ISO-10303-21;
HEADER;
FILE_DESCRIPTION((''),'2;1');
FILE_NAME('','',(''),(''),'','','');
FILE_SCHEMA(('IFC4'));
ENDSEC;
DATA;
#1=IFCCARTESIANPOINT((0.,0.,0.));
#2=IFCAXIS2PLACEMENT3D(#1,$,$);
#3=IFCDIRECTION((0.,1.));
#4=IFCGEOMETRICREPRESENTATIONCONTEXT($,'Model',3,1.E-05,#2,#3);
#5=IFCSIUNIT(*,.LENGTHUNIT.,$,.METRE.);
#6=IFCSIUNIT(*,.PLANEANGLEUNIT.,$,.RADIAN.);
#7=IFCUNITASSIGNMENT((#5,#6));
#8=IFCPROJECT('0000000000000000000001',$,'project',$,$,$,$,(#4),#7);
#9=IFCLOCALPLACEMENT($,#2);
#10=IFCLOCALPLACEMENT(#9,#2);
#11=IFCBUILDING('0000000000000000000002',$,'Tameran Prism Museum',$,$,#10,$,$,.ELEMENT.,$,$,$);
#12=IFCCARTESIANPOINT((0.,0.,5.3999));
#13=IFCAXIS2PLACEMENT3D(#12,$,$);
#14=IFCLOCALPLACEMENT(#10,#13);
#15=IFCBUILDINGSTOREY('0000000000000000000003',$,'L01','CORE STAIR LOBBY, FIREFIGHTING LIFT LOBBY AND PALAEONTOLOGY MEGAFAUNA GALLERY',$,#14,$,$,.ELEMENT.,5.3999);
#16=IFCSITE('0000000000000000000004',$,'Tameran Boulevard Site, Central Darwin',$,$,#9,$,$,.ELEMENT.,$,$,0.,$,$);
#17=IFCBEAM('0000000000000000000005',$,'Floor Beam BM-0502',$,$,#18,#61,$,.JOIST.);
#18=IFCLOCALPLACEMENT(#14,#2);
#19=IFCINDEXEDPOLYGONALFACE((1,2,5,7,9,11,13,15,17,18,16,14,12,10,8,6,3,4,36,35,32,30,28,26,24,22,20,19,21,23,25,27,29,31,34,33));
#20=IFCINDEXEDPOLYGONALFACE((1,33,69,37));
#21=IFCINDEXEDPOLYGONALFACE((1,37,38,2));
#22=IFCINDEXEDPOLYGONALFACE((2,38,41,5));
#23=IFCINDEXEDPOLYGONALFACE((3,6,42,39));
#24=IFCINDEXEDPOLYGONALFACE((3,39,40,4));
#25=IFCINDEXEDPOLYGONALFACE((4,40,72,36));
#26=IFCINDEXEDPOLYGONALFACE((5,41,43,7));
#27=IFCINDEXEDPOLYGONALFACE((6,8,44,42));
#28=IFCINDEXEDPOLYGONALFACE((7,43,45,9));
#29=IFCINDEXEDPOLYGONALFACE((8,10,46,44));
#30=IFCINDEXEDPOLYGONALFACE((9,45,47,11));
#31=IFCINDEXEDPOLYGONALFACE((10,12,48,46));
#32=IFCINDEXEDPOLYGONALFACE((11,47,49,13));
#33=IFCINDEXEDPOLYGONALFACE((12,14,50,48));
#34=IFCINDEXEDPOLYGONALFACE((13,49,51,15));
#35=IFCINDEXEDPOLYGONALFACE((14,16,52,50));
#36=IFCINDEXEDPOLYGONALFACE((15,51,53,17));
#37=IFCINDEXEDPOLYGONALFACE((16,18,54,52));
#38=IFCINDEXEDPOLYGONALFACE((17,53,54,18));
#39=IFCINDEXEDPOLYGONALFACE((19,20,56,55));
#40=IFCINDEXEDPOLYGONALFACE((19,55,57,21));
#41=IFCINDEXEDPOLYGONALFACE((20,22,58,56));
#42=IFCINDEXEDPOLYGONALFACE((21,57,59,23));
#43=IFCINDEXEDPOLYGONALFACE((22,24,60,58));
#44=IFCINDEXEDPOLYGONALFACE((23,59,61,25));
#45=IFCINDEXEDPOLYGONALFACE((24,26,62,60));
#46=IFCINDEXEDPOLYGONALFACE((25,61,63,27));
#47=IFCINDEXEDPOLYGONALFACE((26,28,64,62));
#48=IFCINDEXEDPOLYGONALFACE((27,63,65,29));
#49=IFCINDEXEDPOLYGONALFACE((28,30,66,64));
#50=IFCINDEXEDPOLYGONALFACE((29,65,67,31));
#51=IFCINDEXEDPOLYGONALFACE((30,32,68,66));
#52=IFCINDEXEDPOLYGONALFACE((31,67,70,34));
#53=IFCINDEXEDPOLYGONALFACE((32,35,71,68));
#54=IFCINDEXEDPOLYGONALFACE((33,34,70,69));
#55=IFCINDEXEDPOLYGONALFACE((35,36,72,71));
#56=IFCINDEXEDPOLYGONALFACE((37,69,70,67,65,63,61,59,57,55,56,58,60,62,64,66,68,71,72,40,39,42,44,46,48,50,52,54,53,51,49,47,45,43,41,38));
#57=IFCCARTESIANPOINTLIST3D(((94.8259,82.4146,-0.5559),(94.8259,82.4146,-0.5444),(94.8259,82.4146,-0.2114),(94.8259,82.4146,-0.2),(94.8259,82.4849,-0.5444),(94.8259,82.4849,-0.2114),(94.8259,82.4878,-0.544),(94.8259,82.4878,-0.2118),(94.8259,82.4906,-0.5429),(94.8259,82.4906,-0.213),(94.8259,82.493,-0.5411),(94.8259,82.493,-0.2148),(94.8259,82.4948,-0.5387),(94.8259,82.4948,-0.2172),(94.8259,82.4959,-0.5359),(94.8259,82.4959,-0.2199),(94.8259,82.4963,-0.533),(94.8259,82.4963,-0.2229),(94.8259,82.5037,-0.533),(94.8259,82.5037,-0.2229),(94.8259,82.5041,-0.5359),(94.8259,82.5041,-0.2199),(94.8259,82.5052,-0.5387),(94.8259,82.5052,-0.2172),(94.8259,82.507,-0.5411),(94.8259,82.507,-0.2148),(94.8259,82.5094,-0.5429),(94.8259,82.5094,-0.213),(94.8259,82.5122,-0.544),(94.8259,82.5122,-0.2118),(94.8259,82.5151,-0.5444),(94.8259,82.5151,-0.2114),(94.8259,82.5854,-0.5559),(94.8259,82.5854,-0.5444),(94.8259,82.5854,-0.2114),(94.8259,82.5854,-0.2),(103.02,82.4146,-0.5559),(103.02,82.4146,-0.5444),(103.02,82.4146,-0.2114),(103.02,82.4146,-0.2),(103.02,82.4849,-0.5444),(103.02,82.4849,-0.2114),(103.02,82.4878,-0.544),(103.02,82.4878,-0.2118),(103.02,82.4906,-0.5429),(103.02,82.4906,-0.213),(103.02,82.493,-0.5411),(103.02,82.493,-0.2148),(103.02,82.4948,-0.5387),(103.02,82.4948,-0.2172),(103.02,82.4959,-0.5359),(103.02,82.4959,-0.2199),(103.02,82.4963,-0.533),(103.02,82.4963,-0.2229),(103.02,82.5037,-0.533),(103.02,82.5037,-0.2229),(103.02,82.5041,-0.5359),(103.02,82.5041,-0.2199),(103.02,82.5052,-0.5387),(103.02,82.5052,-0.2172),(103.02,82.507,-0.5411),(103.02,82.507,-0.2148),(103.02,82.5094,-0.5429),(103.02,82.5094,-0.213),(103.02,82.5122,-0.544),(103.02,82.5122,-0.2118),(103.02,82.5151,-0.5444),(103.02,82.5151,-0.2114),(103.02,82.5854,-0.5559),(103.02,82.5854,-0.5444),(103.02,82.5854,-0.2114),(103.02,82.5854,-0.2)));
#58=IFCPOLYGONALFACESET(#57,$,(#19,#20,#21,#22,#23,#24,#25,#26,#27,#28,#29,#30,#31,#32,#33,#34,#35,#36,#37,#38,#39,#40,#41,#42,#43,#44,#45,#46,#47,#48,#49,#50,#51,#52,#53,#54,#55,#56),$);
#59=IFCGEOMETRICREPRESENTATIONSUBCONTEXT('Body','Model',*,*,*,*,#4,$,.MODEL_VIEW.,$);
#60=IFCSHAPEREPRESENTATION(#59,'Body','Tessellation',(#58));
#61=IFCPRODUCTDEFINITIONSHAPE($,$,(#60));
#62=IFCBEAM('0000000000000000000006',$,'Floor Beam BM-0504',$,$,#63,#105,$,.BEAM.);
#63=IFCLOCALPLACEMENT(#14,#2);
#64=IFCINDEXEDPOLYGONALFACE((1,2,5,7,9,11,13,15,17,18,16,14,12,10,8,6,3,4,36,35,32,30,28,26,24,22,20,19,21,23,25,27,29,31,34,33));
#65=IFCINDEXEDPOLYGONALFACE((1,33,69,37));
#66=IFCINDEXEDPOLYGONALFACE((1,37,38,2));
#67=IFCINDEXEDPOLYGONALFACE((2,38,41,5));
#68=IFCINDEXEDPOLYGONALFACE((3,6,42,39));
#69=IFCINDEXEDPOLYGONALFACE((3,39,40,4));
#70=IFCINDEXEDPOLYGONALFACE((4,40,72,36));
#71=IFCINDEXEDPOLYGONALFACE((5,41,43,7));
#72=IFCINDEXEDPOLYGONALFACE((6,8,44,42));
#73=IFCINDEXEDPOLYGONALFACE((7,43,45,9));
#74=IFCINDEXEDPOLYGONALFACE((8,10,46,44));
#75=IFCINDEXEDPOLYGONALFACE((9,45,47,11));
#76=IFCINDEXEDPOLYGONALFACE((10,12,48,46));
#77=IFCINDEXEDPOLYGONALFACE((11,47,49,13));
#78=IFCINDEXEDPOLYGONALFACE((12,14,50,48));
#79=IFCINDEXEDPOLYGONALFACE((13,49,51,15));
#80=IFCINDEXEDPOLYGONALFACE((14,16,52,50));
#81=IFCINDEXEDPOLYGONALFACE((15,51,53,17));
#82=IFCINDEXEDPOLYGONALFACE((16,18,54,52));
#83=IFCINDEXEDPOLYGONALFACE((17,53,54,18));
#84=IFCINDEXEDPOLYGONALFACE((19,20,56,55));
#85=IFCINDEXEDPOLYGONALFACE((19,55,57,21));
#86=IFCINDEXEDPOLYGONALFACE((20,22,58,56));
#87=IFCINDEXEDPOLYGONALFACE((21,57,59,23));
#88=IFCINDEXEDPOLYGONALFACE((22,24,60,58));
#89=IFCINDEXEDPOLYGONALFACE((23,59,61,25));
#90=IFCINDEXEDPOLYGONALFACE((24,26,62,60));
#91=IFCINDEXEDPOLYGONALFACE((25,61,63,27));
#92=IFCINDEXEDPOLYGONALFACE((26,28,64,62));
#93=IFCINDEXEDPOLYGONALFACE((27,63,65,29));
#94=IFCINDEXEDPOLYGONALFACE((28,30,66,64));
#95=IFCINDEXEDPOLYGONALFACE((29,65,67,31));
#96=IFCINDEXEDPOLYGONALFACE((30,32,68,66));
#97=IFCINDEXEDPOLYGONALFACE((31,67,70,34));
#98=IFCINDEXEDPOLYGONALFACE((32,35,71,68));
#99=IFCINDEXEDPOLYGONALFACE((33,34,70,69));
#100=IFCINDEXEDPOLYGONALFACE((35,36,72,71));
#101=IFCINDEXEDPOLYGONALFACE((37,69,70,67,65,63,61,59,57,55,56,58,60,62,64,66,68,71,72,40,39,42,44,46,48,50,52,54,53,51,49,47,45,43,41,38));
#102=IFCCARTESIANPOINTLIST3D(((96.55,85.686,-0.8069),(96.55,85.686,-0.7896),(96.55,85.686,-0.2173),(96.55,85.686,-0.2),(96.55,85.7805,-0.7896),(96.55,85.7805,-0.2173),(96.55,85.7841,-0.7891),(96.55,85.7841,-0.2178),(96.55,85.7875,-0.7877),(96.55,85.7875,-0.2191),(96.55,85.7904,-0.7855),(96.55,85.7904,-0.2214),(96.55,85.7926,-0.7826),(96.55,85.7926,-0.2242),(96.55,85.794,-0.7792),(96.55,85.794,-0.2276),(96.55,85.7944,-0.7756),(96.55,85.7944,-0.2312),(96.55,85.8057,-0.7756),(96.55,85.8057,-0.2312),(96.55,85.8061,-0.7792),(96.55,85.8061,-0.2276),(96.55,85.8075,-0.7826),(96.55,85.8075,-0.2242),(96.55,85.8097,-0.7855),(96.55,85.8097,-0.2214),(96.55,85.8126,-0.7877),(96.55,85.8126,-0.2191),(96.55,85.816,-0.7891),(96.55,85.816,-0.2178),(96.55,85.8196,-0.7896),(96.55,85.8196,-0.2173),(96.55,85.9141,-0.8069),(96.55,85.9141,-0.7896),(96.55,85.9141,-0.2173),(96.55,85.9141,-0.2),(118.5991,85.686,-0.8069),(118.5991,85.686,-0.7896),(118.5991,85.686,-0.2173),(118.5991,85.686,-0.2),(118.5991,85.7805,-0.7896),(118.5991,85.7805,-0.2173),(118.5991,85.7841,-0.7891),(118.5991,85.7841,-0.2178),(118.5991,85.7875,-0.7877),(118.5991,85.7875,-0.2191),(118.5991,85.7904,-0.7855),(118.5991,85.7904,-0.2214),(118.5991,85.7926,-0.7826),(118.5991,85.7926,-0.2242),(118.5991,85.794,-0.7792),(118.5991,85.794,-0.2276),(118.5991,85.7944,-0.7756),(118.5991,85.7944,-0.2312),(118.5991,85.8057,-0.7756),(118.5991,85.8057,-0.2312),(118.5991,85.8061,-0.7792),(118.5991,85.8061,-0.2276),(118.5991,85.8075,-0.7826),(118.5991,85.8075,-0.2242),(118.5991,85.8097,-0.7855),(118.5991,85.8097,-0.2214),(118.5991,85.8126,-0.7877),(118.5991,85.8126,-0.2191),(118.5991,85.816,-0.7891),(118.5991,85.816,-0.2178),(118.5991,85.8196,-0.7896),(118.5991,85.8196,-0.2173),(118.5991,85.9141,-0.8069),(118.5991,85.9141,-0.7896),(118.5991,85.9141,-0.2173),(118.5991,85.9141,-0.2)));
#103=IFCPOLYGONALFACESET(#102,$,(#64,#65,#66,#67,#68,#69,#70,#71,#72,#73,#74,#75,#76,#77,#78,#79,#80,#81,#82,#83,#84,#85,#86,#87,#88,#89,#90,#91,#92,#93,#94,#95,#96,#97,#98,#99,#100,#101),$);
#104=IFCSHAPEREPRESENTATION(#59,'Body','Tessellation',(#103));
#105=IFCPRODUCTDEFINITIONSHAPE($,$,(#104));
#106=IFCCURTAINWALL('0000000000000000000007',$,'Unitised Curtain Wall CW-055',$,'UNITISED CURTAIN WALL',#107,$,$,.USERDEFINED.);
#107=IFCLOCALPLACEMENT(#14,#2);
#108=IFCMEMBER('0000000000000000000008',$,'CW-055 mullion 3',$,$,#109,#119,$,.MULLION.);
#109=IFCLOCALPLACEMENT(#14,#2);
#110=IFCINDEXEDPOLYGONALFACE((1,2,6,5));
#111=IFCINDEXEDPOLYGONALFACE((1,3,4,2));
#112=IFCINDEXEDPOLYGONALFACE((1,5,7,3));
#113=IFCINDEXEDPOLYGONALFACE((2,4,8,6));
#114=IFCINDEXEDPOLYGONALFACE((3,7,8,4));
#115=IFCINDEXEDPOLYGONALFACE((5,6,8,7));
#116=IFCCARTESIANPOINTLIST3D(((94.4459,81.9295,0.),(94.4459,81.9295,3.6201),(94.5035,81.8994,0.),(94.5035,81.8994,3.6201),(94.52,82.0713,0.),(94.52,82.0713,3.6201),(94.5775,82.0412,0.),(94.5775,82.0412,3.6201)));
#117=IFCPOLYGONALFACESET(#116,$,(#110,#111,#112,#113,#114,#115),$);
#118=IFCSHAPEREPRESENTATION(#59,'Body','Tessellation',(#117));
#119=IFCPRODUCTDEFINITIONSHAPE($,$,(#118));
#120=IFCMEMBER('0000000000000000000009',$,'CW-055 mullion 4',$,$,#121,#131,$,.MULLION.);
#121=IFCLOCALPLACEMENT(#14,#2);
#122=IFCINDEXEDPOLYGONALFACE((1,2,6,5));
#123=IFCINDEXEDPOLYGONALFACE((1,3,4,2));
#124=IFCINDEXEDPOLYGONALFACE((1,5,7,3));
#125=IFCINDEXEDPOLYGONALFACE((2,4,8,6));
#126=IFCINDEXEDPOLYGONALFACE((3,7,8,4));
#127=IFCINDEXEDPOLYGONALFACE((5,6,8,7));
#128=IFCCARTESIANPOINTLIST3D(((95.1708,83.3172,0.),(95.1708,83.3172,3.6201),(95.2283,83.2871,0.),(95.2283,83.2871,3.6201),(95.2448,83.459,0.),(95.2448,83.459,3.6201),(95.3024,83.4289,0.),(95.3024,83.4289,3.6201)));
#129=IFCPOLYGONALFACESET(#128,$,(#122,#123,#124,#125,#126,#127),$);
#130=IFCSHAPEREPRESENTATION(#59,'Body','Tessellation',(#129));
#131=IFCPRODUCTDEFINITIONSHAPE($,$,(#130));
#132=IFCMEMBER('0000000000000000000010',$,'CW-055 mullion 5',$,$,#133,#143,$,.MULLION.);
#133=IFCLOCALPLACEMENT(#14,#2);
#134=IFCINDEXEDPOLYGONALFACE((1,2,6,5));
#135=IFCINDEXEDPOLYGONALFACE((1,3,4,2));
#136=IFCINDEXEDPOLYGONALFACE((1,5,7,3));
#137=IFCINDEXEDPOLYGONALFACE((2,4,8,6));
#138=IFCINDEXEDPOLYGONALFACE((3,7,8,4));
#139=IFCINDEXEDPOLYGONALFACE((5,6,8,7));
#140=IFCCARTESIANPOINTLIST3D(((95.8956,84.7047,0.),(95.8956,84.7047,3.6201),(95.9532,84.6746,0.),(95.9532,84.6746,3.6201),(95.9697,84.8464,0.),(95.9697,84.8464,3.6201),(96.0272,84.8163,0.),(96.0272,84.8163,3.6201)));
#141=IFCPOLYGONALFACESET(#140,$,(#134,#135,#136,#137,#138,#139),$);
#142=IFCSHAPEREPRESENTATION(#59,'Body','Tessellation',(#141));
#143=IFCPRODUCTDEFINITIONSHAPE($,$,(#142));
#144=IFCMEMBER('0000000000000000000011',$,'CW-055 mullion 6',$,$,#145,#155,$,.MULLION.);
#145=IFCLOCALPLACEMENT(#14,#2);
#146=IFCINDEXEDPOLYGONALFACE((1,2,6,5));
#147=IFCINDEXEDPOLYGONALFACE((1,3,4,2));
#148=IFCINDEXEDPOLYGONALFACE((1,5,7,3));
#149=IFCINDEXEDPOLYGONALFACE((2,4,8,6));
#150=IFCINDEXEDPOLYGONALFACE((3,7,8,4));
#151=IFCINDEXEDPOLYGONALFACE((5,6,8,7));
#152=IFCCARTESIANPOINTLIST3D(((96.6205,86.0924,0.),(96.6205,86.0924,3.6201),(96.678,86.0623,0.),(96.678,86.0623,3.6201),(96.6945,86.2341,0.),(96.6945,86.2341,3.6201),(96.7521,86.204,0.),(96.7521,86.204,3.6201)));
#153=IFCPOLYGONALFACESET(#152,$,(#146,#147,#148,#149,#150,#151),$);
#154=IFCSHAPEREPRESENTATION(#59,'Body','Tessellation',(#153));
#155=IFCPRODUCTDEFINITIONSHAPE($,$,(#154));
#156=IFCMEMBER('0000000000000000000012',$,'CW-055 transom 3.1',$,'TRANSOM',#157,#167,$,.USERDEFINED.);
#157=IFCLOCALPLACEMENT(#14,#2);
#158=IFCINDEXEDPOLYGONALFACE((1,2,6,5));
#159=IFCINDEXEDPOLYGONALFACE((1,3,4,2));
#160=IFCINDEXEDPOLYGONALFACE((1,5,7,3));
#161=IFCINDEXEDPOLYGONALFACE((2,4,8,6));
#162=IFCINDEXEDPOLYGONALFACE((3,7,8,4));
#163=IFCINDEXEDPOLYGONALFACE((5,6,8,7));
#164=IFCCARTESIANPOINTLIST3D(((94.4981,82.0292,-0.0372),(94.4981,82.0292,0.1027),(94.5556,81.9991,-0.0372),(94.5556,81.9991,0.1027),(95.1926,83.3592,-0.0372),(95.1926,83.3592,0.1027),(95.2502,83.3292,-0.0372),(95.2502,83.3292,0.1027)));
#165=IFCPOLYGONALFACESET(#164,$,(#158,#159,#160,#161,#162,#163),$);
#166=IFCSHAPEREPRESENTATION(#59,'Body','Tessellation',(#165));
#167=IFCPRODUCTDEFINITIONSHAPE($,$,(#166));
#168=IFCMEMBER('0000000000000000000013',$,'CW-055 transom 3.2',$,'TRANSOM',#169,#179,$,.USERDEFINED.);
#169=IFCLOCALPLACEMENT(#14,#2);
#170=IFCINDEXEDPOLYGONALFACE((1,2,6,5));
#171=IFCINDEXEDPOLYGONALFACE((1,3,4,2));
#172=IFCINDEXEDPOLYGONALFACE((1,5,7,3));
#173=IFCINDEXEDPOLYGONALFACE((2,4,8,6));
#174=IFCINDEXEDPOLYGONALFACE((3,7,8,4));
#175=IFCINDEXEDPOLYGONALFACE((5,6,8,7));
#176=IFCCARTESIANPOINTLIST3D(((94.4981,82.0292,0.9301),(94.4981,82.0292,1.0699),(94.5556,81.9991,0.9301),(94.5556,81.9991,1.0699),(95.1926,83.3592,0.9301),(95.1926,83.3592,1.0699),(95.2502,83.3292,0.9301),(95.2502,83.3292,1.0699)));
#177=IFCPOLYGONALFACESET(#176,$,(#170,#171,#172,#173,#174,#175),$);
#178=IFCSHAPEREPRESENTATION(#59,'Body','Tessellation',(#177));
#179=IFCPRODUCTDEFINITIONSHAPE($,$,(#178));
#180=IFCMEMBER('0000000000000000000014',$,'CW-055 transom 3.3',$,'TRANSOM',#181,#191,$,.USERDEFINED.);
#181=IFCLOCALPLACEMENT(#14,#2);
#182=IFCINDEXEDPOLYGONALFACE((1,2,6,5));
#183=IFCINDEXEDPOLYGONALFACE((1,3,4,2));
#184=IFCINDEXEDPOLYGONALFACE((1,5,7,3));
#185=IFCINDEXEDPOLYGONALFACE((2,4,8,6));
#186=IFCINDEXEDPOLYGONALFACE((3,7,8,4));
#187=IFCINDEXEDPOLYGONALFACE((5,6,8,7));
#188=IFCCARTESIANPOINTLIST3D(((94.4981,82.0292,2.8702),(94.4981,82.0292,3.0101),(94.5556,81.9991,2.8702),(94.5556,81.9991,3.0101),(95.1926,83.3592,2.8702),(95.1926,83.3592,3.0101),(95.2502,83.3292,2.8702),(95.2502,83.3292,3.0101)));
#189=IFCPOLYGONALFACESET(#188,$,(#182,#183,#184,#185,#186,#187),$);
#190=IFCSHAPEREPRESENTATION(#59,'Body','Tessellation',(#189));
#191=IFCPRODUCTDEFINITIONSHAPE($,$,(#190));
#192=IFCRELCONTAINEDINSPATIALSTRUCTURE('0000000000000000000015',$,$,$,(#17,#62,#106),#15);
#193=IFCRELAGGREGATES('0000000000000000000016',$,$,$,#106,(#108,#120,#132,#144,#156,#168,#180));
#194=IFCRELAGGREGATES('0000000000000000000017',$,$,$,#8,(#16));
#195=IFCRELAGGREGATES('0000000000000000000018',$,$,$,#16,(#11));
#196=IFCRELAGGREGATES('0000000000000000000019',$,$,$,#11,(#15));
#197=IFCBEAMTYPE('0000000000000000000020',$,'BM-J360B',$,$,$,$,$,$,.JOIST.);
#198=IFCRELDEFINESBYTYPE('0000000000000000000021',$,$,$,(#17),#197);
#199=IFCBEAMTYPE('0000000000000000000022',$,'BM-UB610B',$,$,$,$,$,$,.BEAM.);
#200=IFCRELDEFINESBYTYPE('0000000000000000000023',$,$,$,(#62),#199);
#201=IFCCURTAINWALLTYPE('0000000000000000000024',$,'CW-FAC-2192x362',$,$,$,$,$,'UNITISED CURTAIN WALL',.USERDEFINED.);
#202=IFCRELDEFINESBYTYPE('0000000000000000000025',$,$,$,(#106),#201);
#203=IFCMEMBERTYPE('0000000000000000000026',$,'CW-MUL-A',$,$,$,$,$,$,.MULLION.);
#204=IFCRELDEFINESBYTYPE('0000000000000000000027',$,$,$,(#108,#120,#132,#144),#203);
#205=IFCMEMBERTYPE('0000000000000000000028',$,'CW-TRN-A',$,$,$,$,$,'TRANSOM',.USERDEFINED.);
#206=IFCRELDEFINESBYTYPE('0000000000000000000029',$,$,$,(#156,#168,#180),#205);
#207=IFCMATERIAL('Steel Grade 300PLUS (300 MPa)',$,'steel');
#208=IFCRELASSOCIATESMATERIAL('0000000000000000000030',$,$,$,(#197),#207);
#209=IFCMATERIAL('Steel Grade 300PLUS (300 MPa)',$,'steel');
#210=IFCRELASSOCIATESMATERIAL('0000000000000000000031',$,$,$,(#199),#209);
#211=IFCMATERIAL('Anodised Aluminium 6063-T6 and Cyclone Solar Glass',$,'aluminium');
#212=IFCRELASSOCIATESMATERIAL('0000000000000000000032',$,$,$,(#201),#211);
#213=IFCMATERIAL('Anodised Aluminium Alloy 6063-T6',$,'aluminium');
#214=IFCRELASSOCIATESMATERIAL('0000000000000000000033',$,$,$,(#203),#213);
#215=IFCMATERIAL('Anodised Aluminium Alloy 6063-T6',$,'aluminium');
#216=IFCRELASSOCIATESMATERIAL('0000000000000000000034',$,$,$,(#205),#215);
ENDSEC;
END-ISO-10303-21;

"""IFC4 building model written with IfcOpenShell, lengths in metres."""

from ifc_helpers import new_model, si_unit, direction, frame, origin, origin_2d, place, context, subcontext, project, spatial, rectangle, i_section, extrude, material, material_profile, profile_set, type_object, element, aggregate, save


model = new_model("IFC4")

# Units and contexts
model_context = context("Model", 3, precision=1e-05, world=origin(), true_north=direction((0.0, 1.0)))
body_context = subcontext(model_context, "Body", "Model", "MODEL_VIEW")
ifc_project = project(units=[si_unit("LENGTHUNIT", "METRE"), si_unit("PLANEANGLEUNIT", "RADIAN")], contexts=[model_context])

# Site, building, storey
site_placement = place(None, origin())
site = spatial("IfcSite", under=ifc_project, at=site_placement, Name="Tameran Boulevard Site, Central Darwin", CompositionType="ELEMENT", RefElevation=0.0)
building_placement = place(site_placement, origin())
building = spatial("IfcBuilding", under=site, at=building_placement, Name="Tameran Prism Museum", CompositionType="ELEMENT")
storey_placement = place(building_placement, frame((0.0, 0.0, 5.3999)))
storey = spatial("IfcBuildingStorey", under=building, at=storey_placement, Name="L01", Description="CORE STAIR LOBBY, FIREFIGHTING LIFT LOBBY AND PALAEONTOLOGY MEGAFAUNA GALLERY", CompositionType="ELEMENT", Elevation=5.3999)

# Beams
ifc_material_1 = material(Name="Steel Grade 300PLUS (300 MPa)", Category="steel")
ifc_material_profile_1 = material_profile(ifc_material_1, i_section(OverallWidth=0.1709, OverallDepth=0.356, WebThickness=0.0073, FlangeThickness=0.0115, FilletRadius=0.0115, at=origin_2d()))
ifc_profile_set_1 = profile_set([ifc_material_profile_1])
beam_type_1 = type_object("IfcBeamType", Name="BM-J360B", PredefinedType="JOIST", material=ifc_profile_set_1)
beam_1_placement = place(storey_placement, frame((94.8259, 82.5, -0.3779), z_axis=(1.0, 0.0, 0.0), x_axis=(0.0, 1.0, 0.0)))
element("IfcBeam", 1, at=beam_1_placement, inside=storey, type_object=beam_type_1, Name="Floor Beam BM-0502", PredefinedType="JOIST", context=body_context, shape_type="SweptSolid", body=[
    extrude(i_section(OverallWidth=0.1709, OverallDepth=0.356, WebThickness=0.0073, FlangeThickness=0.0115, FilletRadius=0.0115, at=origin_2d()), origin(), (0.0, 0.0, 1.0), 8.1941),
])
ifc_material_2 = material(Name="Steel Grade 300PLUS (300 MPa)", Category="steel")
ifc_material_profile_2 = material_profile(ifc_material_2, i_section(OverallWidth=0.228, OverallDepth=0.6069, WebThickness=0.0112, FlangeThickness=0.0173, FilletRadius=0.0139, at=origin_2d()))
ifc_profile_set_2 = profile_set([ifc_material_profile_2])
beam_type_2 = type_object("IfcBeamType", Name="BM-UB610B", PredefinedType="BEAM", material=ifc_profile_set_2)
beam_2_placement = place(storey_placement, frame((96.55, 85.8, -0.5034), z_axis=(1.0, 0.0, 0.0), x_axis=(0.0, 1.0, 0.0)))
element("IfcBeam", 2, at=beam_2_placement, inside=storey, type_object=beam_type_2, Name="Floor Beam BM-0504", PredefinedType="BEAM", context=body_context, shape_type="SweptSolid", body=[
    extrude(i_section(OverallWidth=0.228, OverallDepth=0.6069, WebThickness=0.0112, FlangeThickness=0.0173, FilletRadius=0.0139, at=origin_2d()), origin(), (0.0, 0.0, 1.0), 22.0491),
])

# Curtain wall, members
ifc_material_3 = material(Name="Anodised Aluminium 6063-T6 and Cyclone Solar Glass", Category="aluminium")
curtain_wall_type = type_object("IfcCurtainWallType", Name="CW-FAC-2192x362", ElementType="UNITISED CURTAIN WALL", PredefinedType="USERDEFINED", material=ifc_material_3)
curtain_wall_placement = place(storey_placement, origin())
curtain_wall = element("IfcCurtainWall", 3, at=curtain_wall_placement, inside=storey, type_object=curtain_wall_type, Name="Unitised Curtain Wall CW-055", ObjectType="UNITISED CURTAIN WALL", PredefinedType="USERDEFINED")
ifc_material_4 = material(Name="Anodised Aluminium Alloy 6063-T6", Category="aluminium")
ifc_material_profile_3 = material_profile(ifc_material_4, rectangle(XDim=0.0649, YDim=0.1599, at=origin_2d()))
ifc_profile_set_3 = profile_set([ifc_material_profile_3])
member_type_1 = type_object("IfcMemberType", Name="CW-MUL-A", PredefinedType="MULLION", material=ifc_profile_set_3)
member_1_placement = place(storey_placement, frame((94.5117, 81.9854, 0.0), z_axis=(0.0, 0.0, 1.0), x_axis=(-0.886357, 0.463003, 0.0)))
member_1 = element("IfcMember", 4, at=member_1_placement, type_object=member_type_1, Name="CW-055 mullion 3", PredefinedType="MULLION", context=body_context, shape_type="SweptSolid", body=[
    extrude(rectangle(XDim=0.0649, YDim=0.1599, at=origin_2d()), origin(), (0.0, 0.0, 1.0), 3.6201),
])
member_2_placement = place(storey_placement, frame((95.2366, 83.373, 0.0), z_axis=(0.0, 0.0, 1.0), x_axis=(-0.886357, 0.463003, 0.0)))
member_2 = element("IfcMember", 5, at=member_2_placement, type_object=member_type_1, Name="CW-055 mullion 4", PredefinedType="MULLION", context=body_context, shape_type="SweptSolid", body=[
    extrude(rectangle(XDim=0.0649, YDim=0.1599, at=origin_2d()), origin(), (0.0, 0.0, 1.0), 3.6201),
])
member_3_placement = place(storey_placement, frame((95.9614, 84.7605, 0.0), z_axis=(0.0, 0.0, 1.0), x_axis=(-0.886357, 0.463003, 0.0)))
member_3 = element("IfcMember", 6, at=member_3_placement, type_object=member_type_1, Name="CW-055 mullion 5", PredefinedType="MULLION", context=body_context, shape_type="SweptSolid", body=[
    extrude(rectangle(XDim=0.0649, YDim=0.1599, at=origin_2d()), origin(), (0.0, 0.0, 1.0), 3.6201),
])
member_4_placement = place(storey_placement, frame((96.6863, 86.1482, 0.0), z_axis=(0.0, 0.0, 1.0), x_axis=(-0.886357, 0.463003, 0.0)))
member_4 = element("IfcMember", 7, at=member_4_placement, type_object=member_type_1, Name="CW-055 mullion 6", PredefinedType="MULLION", context=body_context, shape_type="SweptSolid", body=[
    extrude(rectangle(XDim=0.0649, YDim=0.1599, at=origin_2d()), origin(), (0.0, 0.0, 1.0), 3.6201),
])
ifc_material_5 = material(Name="Anodised Aluminium Alloy 6063-T6", Category="aluminium")
ifc_material_profile_4 = material_profile(ifc_material_5, rectangle(XDim=0.0649, YDim=0.1399, at=origin_2d()))
ifc_profile_set_4 = profile_set([ifc_material_profile_4])
member_type_2 = type_object("IfcMemberType", Name="CW-TRN-A", ElementType="TRANSOM", PredefinedType="USERDEFINED", material=ifc_profile_set_4)
member_5_placement = place(storey_placement, frame((94.5269, 82.0142, 0.0327), z_axis=(0.462894, 0.886414, 0.0), x_axis=(-0.886414, 0.462894, 0.0)))
member_5 = element("IfcMember", 8, at=member_5_placement, type_object=member_type_2, Name="CW-055 transom 3.1", ObjectType="TRANSOM", PredefinedType="USERDEFINED", context=body_context, shape_type="SweptSolid", body=[
    extrude(rectangle(XDim=0.0649, YDim=0.1399, at=origin_2d()), origin(), (0.0, 0.0, 1.0), 1.5005),
])
member_6_placement = place(storey_placement, frame((94.5269, 82.0142, 1.0), z_axis=(0.462894, 0.886414, 0.0), x_axis=(-0.886414, 0.462894, 0.0)))
member_6 = element("IfcMember", 9, at=member_6_placement, type_object=member_type_2, Name="CW-055 transom 3.2", ObjectType="TRANSOM", PredefinedType="USERDEFINED", context=body_context, shape_type="SweptSolid", body=[
    extrude(rectangle(XDim=0.0649, YDim=0.1399, at=origin_2d()), origin(), (0.0, 0.0, 1.0), 1.5005),
])
member_7_placement = place(storey_placement, frame((94.5269, 82.0142, 2.9402), z_axis=(0.462894, 0.886414, 0.0), x_axis=(-0.886414, 0.462894, 0.0)))
member_7 = element("IfcMember", 10, at=member_7_placement, type_object=member_type_2, Name="CW-055 transom 3.3", ObjectType="TRANSOM", PredefinedType="USERDEFINED", context=body_context, shape_type="SweptSolid", body=[
    extrude(rectangle(XDim=0.0649, YDim=0.1399, at=origin_2d()), origin(), (0.0, 0.0, 1.0), 1.5005),
])
aggregate(curtain_wall, [member_1, member_2, member_3, member_4, member_5, member_6, member_7])

save(model, "model.ifc")
